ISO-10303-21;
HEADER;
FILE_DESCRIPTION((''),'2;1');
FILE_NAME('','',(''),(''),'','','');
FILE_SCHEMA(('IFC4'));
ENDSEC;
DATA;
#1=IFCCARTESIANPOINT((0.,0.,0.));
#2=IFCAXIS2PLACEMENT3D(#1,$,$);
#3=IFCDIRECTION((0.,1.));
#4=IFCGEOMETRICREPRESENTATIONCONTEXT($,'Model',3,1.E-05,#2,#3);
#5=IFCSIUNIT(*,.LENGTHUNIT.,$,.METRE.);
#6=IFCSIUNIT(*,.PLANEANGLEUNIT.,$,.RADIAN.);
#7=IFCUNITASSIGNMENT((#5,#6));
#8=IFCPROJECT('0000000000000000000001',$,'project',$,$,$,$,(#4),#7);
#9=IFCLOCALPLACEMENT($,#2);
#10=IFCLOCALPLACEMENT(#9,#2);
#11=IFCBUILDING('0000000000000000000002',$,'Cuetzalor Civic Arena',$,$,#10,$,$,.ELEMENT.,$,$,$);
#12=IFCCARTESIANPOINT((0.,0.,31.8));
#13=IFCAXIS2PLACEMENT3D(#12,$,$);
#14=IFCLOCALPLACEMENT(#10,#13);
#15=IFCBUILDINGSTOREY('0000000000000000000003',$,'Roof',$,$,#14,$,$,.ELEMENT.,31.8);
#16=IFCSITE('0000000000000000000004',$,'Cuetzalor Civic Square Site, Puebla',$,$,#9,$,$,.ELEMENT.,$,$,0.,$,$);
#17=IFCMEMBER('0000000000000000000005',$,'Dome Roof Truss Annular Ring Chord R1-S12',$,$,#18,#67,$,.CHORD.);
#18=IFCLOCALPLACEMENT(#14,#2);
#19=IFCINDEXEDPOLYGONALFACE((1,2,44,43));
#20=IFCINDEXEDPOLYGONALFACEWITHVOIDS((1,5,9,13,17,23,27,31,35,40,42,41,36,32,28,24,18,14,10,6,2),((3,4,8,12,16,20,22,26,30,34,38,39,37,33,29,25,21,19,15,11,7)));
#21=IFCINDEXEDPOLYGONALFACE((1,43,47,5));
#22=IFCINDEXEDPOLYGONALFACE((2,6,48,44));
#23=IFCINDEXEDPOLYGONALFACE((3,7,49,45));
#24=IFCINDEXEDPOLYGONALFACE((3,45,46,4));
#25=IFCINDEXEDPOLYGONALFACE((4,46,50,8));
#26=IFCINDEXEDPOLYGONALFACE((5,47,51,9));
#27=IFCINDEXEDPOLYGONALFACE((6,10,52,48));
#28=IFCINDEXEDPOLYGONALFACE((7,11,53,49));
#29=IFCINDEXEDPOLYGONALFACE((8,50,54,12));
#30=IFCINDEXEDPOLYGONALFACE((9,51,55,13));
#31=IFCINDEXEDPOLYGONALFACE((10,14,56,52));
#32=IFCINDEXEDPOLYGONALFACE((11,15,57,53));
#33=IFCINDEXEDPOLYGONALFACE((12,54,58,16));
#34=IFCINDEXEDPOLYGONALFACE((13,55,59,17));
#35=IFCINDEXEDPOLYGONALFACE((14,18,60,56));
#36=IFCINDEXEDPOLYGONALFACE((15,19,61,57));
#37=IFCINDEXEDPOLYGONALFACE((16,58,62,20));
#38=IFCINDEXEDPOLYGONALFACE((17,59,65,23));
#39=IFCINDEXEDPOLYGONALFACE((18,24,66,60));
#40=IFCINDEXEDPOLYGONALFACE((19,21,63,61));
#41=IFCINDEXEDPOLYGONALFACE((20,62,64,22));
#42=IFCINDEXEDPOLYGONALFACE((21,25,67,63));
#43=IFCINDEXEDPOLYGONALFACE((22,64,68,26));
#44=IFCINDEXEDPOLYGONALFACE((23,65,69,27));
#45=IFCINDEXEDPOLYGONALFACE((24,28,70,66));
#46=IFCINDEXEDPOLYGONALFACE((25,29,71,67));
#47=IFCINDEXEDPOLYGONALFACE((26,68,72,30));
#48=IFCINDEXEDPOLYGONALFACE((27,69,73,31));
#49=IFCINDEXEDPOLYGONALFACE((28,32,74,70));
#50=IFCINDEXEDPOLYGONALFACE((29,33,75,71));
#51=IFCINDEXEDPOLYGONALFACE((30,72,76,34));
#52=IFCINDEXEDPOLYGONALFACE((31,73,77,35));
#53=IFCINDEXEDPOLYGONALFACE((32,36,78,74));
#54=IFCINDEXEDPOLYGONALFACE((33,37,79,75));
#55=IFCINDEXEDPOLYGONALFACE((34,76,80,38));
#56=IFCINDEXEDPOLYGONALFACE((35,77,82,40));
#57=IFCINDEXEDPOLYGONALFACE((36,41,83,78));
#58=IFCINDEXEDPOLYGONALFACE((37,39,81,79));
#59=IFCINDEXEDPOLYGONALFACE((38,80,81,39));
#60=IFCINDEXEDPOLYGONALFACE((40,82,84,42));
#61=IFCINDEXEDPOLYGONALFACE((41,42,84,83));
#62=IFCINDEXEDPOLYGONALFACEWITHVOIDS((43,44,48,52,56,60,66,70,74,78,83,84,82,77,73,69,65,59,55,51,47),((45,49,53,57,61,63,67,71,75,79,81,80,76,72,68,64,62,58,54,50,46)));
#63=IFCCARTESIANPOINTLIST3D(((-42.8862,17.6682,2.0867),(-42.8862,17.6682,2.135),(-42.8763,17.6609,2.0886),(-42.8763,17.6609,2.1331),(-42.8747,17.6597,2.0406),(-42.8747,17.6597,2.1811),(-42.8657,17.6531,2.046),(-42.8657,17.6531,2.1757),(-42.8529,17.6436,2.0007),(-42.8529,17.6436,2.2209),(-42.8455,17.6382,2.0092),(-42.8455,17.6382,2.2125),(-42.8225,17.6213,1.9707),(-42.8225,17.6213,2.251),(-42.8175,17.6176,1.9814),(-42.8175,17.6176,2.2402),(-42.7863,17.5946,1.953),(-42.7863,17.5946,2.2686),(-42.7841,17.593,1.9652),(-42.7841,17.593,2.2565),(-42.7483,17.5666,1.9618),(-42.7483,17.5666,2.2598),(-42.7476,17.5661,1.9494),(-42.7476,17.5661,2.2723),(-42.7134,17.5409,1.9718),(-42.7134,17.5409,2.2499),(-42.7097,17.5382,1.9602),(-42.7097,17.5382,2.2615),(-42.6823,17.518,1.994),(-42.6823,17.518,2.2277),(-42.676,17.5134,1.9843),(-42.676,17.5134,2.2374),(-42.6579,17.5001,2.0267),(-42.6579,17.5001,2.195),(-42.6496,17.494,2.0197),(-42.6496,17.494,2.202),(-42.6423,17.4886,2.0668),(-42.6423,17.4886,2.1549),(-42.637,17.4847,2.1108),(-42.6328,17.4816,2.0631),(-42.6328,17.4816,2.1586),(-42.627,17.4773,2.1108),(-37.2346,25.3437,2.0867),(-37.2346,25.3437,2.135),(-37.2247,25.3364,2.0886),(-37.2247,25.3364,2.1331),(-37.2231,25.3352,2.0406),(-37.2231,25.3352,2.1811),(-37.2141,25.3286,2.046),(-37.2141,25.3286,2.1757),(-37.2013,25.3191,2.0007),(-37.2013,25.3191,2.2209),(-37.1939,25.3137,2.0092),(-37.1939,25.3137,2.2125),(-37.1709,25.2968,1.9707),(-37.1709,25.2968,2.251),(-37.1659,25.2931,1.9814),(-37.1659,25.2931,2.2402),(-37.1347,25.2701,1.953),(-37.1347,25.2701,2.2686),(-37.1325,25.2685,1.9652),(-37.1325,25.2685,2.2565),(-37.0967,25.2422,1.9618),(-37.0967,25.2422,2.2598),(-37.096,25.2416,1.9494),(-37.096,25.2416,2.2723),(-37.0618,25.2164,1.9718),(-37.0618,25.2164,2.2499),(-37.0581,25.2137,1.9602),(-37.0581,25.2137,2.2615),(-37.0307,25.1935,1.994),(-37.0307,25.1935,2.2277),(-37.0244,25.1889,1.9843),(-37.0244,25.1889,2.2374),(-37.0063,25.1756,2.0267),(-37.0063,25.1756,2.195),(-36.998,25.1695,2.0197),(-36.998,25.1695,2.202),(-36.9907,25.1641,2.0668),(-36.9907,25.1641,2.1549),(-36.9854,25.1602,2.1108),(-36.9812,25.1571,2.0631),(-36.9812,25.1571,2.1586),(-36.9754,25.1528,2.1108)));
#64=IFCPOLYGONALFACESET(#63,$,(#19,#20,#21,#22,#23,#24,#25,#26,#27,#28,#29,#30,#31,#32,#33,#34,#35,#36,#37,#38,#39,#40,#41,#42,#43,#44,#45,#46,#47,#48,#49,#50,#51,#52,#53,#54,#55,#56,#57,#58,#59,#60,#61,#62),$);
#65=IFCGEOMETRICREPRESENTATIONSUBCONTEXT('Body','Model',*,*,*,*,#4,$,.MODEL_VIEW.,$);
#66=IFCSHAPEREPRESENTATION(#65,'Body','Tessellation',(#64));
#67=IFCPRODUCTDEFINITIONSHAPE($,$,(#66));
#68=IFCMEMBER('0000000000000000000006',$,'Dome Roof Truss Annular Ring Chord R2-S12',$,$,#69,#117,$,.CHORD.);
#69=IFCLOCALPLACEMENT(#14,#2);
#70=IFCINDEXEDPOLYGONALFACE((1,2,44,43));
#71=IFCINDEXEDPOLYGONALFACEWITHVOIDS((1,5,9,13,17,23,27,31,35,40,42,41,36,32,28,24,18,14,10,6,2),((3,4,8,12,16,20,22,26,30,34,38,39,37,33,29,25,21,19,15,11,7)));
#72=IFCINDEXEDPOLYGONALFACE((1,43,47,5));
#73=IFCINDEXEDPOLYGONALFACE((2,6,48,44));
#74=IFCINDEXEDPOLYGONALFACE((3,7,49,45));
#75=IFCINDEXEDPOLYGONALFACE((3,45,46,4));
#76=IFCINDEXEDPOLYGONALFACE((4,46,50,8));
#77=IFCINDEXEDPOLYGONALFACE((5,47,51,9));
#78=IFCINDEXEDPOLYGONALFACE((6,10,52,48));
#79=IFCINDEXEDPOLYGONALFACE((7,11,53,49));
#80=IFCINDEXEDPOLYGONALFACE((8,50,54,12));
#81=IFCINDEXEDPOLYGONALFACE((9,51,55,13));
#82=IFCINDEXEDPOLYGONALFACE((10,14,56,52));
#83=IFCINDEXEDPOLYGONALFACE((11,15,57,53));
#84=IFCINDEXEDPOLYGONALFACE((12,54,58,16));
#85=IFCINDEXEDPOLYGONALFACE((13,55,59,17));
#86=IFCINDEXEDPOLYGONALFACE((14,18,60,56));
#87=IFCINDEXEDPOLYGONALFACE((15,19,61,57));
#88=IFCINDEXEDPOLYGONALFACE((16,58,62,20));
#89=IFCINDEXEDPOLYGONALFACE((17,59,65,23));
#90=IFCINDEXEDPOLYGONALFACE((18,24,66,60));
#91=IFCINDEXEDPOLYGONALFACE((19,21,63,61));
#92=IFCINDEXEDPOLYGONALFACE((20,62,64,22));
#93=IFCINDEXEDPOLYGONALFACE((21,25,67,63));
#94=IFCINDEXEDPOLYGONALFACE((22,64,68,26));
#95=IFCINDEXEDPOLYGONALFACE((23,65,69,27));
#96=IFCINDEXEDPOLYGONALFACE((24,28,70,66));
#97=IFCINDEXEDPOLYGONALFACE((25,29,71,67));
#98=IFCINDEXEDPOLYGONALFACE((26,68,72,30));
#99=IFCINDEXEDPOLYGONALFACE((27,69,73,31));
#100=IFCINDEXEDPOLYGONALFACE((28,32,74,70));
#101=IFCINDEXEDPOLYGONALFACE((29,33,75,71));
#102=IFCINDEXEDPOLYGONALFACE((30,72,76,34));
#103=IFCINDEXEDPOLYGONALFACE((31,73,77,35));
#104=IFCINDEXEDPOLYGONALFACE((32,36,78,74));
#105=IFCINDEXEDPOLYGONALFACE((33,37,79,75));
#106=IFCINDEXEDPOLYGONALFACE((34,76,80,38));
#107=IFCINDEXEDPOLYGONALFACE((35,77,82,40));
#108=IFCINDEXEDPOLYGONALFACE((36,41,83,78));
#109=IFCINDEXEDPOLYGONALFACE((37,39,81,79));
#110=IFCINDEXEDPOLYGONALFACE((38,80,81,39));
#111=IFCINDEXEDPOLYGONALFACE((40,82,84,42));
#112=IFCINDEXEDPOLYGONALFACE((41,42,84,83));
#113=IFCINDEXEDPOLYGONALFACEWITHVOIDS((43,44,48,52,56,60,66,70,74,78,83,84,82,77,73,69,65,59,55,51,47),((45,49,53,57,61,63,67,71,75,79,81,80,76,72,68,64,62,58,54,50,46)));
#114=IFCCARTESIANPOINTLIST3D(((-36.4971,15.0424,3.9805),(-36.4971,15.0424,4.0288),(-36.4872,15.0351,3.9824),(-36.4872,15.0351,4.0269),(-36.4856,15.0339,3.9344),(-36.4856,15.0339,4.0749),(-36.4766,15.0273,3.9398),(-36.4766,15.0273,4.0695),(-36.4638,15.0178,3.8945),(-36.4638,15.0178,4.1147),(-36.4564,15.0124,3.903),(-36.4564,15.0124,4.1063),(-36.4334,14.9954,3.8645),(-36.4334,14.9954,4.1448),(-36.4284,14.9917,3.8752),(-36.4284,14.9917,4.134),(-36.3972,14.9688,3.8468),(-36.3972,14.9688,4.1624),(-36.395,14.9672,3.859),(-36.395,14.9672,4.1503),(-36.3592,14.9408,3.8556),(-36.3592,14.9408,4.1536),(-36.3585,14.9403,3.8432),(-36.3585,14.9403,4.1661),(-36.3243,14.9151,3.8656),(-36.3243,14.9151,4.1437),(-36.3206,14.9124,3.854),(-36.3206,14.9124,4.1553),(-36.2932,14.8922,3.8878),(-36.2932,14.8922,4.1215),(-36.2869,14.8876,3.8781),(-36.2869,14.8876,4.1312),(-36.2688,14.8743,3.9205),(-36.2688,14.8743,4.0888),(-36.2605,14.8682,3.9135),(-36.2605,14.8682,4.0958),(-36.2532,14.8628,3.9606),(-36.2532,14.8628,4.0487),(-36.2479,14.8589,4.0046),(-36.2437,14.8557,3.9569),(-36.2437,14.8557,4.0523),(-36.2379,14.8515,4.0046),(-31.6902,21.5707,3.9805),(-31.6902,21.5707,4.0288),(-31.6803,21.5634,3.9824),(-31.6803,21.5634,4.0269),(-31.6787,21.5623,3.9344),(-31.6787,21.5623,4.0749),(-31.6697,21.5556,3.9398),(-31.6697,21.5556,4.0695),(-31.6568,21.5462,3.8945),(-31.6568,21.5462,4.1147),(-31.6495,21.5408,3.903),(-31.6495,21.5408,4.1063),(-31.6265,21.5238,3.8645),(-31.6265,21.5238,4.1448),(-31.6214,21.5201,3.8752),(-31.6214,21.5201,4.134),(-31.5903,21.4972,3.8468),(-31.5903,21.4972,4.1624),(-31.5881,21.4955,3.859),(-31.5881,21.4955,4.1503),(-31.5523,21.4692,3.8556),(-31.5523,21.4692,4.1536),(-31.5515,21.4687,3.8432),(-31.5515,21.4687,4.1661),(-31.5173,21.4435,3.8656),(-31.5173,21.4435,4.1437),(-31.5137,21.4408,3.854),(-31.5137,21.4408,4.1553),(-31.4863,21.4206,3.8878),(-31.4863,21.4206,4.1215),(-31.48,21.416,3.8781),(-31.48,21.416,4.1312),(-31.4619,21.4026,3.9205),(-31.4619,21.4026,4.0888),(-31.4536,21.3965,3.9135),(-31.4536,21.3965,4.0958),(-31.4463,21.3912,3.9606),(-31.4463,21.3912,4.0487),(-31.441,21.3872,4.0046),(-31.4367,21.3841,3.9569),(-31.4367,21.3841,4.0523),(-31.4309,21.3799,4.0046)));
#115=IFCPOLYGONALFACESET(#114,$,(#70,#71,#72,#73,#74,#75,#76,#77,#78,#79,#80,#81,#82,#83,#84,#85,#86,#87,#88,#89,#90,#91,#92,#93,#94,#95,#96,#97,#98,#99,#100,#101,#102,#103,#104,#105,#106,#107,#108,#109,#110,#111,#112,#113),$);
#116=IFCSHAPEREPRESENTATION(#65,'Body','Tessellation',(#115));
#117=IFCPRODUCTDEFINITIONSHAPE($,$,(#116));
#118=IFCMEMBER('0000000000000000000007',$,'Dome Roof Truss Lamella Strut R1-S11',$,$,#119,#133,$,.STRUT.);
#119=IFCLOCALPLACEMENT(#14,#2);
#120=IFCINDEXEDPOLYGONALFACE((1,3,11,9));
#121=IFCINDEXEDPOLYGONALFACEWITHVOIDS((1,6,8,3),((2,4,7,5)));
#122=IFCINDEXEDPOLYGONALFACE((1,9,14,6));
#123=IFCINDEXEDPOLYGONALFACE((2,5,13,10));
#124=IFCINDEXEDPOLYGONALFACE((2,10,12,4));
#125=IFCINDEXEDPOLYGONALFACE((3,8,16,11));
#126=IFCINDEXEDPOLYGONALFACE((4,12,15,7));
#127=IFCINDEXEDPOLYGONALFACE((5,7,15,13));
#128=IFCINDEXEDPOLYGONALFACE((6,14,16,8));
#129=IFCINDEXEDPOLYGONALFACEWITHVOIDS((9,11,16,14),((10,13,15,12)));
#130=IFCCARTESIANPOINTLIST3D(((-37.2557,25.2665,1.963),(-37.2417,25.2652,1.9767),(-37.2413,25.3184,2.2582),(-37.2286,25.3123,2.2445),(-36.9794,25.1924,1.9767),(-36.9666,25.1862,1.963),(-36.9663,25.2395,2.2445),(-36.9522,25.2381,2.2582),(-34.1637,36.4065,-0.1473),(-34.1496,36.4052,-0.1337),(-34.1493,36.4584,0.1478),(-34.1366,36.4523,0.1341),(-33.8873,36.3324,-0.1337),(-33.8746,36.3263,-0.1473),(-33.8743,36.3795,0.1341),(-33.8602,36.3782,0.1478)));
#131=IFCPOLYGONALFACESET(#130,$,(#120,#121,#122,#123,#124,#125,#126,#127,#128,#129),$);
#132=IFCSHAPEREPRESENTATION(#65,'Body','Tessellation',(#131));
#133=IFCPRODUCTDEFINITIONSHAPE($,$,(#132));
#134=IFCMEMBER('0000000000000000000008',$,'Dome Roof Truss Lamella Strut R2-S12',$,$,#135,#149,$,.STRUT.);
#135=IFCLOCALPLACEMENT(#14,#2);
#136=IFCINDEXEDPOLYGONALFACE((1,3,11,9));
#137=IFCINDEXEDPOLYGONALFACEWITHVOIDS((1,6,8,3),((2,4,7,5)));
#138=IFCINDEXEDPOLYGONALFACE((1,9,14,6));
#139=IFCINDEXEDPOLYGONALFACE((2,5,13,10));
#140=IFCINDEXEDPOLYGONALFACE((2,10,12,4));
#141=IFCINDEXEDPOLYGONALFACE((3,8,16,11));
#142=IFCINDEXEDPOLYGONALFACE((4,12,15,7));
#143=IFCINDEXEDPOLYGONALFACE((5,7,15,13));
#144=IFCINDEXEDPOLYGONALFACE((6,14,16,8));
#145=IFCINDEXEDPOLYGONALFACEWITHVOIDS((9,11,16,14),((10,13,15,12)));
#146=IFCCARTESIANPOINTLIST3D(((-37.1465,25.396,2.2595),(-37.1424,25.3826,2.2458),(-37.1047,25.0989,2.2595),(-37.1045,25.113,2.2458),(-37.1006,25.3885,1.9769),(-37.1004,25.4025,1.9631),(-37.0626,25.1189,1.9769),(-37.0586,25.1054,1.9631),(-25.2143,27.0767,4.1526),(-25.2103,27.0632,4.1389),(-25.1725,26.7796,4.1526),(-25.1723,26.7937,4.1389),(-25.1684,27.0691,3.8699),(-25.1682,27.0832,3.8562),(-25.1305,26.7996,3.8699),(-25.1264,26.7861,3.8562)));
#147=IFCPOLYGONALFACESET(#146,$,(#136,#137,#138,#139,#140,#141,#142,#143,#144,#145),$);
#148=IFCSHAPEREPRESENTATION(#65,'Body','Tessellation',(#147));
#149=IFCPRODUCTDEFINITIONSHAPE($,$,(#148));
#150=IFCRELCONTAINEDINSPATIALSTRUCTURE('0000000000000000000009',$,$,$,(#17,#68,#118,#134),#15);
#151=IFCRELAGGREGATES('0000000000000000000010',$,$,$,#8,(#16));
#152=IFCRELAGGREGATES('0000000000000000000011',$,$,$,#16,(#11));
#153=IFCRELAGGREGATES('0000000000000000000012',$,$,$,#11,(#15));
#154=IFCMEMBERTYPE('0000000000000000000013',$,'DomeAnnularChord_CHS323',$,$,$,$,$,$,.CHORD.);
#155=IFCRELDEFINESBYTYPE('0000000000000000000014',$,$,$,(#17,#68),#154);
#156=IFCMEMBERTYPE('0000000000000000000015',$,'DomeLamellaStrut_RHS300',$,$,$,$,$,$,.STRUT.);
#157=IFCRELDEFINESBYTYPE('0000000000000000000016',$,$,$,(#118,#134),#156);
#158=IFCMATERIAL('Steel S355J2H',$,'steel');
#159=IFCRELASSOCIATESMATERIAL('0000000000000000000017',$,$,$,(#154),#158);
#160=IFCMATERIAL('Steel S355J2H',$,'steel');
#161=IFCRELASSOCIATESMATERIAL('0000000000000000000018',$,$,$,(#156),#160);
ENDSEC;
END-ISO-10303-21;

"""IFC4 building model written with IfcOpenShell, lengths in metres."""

from ifc_helpers import new_model, si_unit, direction, frame, origin, origin_2d, place, context, subcontext, project, spatial, hollow_rectangle, hollow_circle, extrude, material, material_profile, profile_set, type_object, element, save


model = new_model("IFC4")

# Units and contexts
model_context = context("Model", 3, precision=1e-05, world=origin(), true_north=direction((0.0, 1.0)))
body_context = subcontext(model_context, "Body", "Model", "MODEL_VIEW")
ifc_project = project(units=[si_unit("LENGTHUNIT", "METRE"), si_unit("PLANEANGLEUNIT", "RADIAN")], contexts=[model_context])

# Site, building, storey
site_placement = place(None, origin())
site = spatial("IfcSite", under=ifc_project, at=site_placement, Name="Cuetzalor Civic Square Site, Puebla", CompositionType="ELEMENT", RefElevation=0.0)
building_placement = place(site_placement, origin())
building = spatial("IfcBuilding", under=site, at=building_placement, Name="Cuetzalor Civic Arena", CompositionType="ELEMENT")
storey_placement = place(building_placement, frame((0.0, 0.0, 31.8)))
storey = spatial("IfcBuildingStorey", under=building, at=storey_placement, Name="Roof", CompositionType="ELEMENT", Elevation=31.8)

# Members
ifc_material_1 = material(Name="Steel S355J2H", Category="steel")
ifc_material_profile_1 = material_profile(ifc_material_1, hollow_circle(Radius=0.1619, WallThickness=0.0125, at=origin_2d()), Name="CHS 323.9x12.5")
ifc_profile_set_1 = profile_set([ifc_material_profile_1], Name="Steel S355J2H")
member_type_1 = type_object("IfcMemberType", Name="DomeAnnularChord_CHS323", PredefinedType="CHORD", material=ifc_profile_set_1)
member_1_placement = place(storey_placement, frame((-37.1057, 25.2488, 2.1108), z_axis=(-0.592924, -0.805259, 0.0), x_axis=(0.805259, -0.592924, 0.0)))
element("IfcMember", 1, at=member_1_placement, inside=storey, type_object=member_type_1, Name="Dome Roof Truss Annular Ring Chord R1-S12", PredefinedType="CHORD", context=body_context, shape_type="SweptSolid", body=[
    extrude(hollow_circle(Radius=0.1619, WallThickness=0.0125, at=origin_2d()), origin(), (0.0, 0.0, 1.0), 9.5317),
])
member_2_placement = place(storey_placement, frame((-31.5613, 21.4758, 4.0046), z_axis=(-0.592923, -0.805259, 0.0), x_axis=(0.805259, -0.592923, 0.0)))
element("IfcMember", 2, at=member_2_placement, inside=storey, type_object=member_type_1, Name="Dome Roof Truss Annular Ring Chord R2-S12", PredefinedType="CHORD", context=body_context, shape_type="SweptSolid", body=[
    extrude(hollow_circle(Radius=0.1619, WallThickness=0.0125, at=origin_2d()), origin(), (0.0, 0.0, 1.0), 8.1072),
])
ifc_material_2 = material(Name="Steel S355J2H", Category="steel")
ifc_material_profile_2 = material_profile(ifc_material_2, hollow_rectangle(XDim=0.3, YDim=0.3, WallThickness=0.0139, at=origin_2d()), Name="RHS 300x300x14")
ifc_profile_set_2 = profile_set([ifc_material_profile_2], Name="Steel S355J2H")
member_type_2 = type_object("IfcMemberType", Name="DomeLamellaStrut_RHS300", PredefinedType="STRUT", material=ifc_profile_set_2)
member_3_placement = place(storey_placement, frame((-34.012, 36.3923, 0.0002), z_axis=(-0.263101, -0.94791, 0.179569), x_axis=(0.963572, -0.267448, 0.0)))
element("IfcMember", 3, at=member_3_placement, inside=storey, type_object=member_type_2, Name="Dome Roof Truss Lamella Strut R1-S11", PredefinedType="STRUT", context=body_context, shape_type="SweptSolid", body=[
    extrude(hollow_rectangle(XDim=0.3, YDim=0.3, WallThickness=0.0139, at=origin_2d()), origin(), (0.0, 0.0, 1.0), 11.7522),
])
member_4_placement = place(storey_placement, frame((-37.1025, 25.2507, 2.1113), z_axis=(0.978227, 0.137785, 0.155199), x_axis=(-0.139475, 0.990226, 0.0)))
element("IfcMember", 4, at=member_4_placement, inside=storey, type_object=member_type_2, Name="Dome Roof Truss Lamella Strut R2-S12", PredefinedType="STRUT", context=body_context, shape_type="SweptSolid", body=[
    extrude(hollow_rectangle(XDim=0.3, YDim=0.3, WallThickness=0.0139, at=origin_2d()), origin(), (0.0, 0.0, 1.0), 12.1978),
])

save(model, "model.ifc")
